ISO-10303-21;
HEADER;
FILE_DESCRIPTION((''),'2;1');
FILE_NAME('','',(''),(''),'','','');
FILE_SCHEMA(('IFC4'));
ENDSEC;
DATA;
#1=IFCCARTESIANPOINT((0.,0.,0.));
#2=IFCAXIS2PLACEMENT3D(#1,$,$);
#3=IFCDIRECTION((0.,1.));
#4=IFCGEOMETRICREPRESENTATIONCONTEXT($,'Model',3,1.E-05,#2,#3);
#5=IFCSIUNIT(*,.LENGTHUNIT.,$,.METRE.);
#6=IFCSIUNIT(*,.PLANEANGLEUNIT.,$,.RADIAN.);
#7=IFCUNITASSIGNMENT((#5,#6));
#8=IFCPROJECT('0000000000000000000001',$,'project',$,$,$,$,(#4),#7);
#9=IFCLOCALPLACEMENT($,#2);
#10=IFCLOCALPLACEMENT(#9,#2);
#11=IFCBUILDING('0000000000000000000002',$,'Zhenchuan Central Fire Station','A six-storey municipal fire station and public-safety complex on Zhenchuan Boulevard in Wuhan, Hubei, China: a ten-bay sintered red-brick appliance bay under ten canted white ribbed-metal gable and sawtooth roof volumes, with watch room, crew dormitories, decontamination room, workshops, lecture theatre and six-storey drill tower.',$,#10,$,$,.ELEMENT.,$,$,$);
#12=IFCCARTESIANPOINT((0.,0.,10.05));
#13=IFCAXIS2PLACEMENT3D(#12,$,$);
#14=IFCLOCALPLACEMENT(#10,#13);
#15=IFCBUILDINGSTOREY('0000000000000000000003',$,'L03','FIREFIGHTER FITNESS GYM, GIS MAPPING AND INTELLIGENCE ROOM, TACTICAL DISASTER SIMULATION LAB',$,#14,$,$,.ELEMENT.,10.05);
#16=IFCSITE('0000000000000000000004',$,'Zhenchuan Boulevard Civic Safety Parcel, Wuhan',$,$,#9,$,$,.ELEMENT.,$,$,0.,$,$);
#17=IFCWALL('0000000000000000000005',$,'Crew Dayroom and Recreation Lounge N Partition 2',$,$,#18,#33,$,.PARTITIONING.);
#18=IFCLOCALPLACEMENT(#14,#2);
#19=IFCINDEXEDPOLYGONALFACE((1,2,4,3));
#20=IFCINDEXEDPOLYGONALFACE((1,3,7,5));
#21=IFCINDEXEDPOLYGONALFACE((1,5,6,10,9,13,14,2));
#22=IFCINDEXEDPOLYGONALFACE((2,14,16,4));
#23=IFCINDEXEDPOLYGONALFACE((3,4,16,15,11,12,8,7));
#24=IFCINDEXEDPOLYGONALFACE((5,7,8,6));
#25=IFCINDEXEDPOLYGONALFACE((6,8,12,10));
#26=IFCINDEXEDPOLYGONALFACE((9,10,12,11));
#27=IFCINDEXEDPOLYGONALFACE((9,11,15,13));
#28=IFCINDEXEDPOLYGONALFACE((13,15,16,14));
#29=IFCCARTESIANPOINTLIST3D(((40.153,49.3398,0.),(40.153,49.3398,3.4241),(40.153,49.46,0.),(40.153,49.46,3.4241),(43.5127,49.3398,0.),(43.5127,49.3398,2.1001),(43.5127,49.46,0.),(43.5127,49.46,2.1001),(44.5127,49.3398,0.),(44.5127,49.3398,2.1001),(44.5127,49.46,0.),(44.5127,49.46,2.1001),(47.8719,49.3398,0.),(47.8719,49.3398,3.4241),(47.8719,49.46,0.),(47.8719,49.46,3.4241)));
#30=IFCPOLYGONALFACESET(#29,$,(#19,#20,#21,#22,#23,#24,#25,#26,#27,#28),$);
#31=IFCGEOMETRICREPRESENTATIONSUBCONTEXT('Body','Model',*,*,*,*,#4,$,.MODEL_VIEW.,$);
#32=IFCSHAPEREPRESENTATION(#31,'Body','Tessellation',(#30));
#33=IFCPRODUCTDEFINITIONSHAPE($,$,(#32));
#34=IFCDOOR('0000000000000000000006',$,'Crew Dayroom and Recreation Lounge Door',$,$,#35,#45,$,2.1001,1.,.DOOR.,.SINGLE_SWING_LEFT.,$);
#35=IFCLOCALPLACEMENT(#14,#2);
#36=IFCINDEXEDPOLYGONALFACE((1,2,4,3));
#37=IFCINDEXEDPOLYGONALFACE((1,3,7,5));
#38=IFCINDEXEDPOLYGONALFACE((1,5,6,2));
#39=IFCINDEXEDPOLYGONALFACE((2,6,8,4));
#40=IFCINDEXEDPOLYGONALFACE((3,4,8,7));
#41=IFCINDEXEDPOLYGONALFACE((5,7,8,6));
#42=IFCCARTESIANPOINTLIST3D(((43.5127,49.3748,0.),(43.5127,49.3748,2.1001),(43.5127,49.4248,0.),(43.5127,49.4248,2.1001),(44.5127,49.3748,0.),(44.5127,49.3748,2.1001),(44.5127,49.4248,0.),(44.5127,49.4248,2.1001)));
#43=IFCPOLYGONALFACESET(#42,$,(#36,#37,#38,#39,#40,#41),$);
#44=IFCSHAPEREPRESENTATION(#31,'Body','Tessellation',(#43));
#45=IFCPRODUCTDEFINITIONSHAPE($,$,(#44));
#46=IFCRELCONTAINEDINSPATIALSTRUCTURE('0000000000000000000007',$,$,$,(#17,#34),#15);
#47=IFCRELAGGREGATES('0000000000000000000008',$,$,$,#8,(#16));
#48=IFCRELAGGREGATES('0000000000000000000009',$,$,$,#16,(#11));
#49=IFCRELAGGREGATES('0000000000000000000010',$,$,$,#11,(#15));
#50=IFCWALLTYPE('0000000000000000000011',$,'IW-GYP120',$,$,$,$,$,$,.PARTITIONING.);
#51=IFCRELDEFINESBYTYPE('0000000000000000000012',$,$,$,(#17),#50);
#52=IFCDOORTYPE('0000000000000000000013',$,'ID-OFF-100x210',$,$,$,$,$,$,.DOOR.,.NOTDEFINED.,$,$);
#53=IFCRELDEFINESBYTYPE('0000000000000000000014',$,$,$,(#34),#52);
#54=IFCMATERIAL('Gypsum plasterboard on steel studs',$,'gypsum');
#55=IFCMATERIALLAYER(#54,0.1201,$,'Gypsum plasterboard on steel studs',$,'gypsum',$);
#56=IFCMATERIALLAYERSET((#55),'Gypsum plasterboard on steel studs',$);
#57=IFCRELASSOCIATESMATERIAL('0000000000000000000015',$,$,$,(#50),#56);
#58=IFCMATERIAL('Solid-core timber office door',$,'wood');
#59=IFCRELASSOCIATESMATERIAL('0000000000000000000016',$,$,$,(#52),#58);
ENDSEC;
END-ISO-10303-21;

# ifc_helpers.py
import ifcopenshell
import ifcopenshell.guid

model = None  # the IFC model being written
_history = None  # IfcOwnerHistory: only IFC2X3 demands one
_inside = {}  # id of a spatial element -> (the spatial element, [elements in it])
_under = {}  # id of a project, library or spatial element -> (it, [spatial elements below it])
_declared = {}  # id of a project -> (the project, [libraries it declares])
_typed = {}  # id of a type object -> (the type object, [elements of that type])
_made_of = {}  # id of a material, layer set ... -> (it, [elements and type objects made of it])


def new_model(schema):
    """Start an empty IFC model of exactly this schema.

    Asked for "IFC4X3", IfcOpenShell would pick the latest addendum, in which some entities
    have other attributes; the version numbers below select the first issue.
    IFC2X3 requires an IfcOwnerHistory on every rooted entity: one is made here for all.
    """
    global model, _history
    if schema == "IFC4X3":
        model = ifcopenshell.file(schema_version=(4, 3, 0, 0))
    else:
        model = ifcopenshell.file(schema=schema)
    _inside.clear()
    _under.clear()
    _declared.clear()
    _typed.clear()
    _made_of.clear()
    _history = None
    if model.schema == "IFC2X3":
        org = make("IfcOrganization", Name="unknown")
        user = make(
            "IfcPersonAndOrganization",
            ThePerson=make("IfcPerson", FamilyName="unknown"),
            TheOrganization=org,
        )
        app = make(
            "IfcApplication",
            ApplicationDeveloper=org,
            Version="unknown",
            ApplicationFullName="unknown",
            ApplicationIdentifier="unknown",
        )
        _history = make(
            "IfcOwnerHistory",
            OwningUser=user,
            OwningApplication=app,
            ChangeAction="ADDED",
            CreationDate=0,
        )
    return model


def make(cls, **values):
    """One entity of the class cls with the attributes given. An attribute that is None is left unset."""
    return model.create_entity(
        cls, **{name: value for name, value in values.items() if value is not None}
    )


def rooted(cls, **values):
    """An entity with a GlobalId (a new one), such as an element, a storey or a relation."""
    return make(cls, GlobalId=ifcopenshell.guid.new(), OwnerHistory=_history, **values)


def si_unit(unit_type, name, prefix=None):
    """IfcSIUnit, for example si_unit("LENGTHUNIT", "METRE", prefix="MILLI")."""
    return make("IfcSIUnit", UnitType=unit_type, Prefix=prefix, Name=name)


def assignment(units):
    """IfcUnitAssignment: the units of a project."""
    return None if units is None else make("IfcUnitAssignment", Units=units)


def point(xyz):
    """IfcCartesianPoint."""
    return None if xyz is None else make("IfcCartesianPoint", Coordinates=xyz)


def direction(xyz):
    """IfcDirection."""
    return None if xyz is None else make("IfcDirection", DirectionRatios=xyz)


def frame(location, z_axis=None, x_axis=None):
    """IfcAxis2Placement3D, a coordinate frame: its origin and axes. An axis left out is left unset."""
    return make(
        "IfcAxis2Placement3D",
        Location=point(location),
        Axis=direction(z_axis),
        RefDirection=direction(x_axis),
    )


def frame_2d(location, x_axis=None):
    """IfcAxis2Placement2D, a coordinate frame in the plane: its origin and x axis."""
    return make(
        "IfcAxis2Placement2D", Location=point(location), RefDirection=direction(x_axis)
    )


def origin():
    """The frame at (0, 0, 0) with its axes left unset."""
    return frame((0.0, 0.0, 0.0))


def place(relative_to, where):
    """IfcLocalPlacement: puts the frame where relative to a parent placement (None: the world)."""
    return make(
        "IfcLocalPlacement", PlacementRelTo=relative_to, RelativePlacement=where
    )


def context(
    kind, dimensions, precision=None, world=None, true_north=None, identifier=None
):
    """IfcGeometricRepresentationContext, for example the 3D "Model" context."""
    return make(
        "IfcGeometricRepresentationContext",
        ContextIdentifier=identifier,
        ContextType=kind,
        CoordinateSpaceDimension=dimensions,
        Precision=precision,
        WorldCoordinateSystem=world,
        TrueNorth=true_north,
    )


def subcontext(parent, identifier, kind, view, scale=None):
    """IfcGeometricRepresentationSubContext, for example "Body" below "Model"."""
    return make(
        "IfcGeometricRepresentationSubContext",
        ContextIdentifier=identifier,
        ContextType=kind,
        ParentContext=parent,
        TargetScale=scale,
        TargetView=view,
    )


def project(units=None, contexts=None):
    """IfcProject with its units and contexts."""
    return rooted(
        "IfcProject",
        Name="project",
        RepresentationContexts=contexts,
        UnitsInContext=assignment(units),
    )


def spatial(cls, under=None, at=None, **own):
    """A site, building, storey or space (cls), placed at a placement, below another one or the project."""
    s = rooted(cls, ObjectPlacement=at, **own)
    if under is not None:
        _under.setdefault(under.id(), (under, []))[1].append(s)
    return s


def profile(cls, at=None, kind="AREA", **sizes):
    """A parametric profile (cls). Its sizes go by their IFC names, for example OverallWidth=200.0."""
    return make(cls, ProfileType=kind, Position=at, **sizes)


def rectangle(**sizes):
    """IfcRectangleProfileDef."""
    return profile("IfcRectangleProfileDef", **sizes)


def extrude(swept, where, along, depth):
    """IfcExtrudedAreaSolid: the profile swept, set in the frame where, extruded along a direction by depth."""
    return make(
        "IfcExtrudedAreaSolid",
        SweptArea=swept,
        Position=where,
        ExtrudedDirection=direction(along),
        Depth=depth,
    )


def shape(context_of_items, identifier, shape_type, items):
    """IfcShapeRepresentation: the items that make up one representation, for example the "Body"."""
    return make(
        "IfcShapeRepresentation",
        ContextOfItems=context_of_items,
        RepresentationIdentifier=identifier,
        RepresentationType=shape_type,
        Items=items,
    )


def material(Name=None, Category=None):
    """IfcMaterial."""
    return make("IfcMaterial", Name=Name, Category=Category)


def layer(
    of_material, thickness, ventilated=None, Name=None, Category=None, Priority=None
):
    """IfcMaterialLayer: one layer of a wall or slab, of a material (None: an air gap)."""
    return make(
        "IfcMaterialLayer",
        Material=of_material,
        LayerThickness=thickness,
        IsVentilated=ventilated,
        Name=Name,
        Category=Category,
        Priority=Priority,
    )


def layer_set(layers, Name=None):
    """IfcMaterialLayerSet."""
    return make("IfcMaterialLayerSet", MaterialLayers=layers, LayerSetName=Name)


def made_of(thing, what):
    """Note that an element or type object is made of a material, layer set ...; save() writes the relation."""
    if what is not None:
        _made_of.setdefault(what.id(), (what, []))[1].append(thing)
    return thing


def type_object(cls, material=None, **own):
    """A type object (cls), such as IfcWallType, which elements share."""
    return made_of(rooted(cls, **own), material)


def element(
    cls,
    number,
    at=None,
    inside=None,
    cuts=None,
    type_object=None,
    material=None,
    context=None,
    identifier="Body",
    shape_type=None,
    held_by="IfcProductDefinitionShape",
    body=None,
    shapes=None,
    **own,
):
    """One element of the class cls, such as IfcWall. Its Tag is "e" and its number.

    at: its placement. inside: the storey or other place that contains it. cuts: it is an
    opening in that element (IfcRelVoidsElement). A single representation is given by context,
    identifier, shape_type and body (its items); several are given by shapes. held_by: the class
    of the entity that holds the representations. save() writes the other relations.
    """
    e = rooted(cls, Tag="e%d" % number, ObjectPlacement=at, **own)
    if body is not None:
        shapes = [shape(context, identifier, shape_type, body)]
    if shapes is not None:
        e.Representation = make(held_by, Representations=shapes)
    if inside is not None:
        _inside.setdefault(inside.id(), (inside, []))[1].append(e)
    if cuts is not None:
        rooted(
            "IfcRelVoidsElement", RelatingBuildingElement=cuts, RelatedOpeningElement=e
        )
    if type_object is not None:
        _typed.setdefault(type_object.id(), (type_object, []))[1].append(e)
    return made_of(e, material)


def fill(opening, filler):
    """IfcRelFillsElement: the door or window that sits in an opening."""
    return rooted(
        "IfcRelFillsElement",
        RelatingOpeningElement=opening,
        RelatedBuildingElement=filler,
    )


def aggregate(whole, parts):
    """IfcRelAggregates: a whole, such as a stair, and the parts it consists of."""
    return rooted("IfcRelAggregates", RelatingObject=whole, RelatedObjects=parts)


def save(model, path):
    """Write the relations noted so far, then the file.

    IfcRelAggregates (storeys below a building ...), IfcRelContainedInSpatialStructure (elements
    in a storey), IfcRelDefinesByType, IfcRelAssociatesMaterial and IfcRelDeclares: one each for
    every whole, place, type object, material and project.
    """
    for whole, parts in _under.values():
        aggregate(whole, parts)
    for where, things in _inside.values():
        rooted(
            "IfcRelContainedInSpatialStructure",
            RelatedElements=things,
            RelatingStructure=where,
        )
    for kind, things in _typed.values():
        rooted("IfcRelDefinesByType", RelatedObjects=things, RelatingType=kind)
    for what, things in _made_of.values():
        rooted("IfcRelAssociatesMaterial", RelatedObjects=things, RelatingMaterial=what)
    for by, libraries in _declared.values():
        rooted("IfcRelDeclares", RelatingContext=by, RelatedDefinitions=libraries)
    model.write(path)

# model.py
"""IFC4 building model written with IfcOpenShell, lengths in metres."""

from ifc_helpers import new_model, si_unit, direction, frame, frame_2d, origin, place, context, subcontext, project, spatial, rectangle, extrude, material, layer, layer_set, type_object, element, fill, save


model = new_model("IFC4")

# Units and contexts
model_context = context("Model", 3, precision=1e-05, world=origin(), true_north=direction((0.0, 1.0)))
body_context = subcontext(model_context, "Body", "Model", "MODEL_VIEW")
ifc_project = project(units=[si_unit("LENGTHUNIT", "METRE"), si_unit("PLANEANGLEUNIT", "RADIAN")], contexts=[model_context])

# Site, building, storey
site_placement = place(None, origin())
site = spatial("IfcSite", under=ifc_project, at=site_placement, Name="Zhenchuan Boulevard Civic Safety Parcel, Wuhan", CompositionType="ELEMENT", RefElevation=0.0)
building_placement = place(site_placement, origin())
building = spatial("IfcBuilding", under=site, at=building_placement, Name="Zhenchuan Central Fire Station", Description="A six-storey municipal fire station and public-safety complex on Zhenchuan Boulevard in Wuhan, Hubei, China: a ten-bay sintered red-brick appliance bay under ten canted white ribbed-metal gable and sawtooth roof volumes, with watch room, crew dormitories, decontamination room, workshops, lecture theatre and six-storey drill tower.", CompositionType="ELEMENT")
storey_placement = place(building_placement, frame((0.0, 0.0, 10.05)))
storey = spatial("IfcBuildingStorey", under=building, at=storey_placement, Name="L03", Description="FIREFIGHTER FITNESS GYM, GIS MAPPING AND INTELLIGENCE ROOM, TACTICAL DISASTER SIMULATION LAB", CompositionType="ELEMENT", Elevation=10.05)

# Shared definitions
ifc_material_1 = material(Name="Gypsum plasterboard on steel studs", Category="gypsum")
ifc_layer_1 = layer(ifc_material_1, 0.1201, Name="Gypsum plasterboard on steel studs", Category="gypsum")
ifc_layer_set_1 = layer_set([ifc_layer_1], Name="Gypsum plasterboard on steel studs")
wall_type = type_object("IfcWallType", Name="IW-GYP120", PredefinedType="PARTITIONING", material=ifc_layer_set_1)

# Wall, opening, door
wall_1_placement = place(storey_placement, frame((40.1531, 49.3999, 0.0), z_axis=(0.0, 0.0, 1.0), x_axis=(1.0, 0.0, 0.0)))
wall_1 = element("IfcWall", 1, at=wall_1_placement, inside=storey, type_object=wall_type, Name="Crew Dayroom and Recreation Lounge N Partition 2", PredefinedType="PARTITIONING", context=body_context, shape_type="SweptSolid", body=[
    extrude(rectangle(XDim=7.719, YDim=0.1201, at=frame_2d((3.8594, 0.0))), origin(), (0.0, 0.0, 1.0), 3.4241),
])
opening_placement = place(wall_1_placement, frame((3.3596, 0.0, 0.0)))
opening = element("IfcOpeningElement", 2, at=opening_placement, cuts=wall_1, PredefinedType="OPENING", context=body_context, shape_type="SweptSolid", body=[
    extrude(rectangle(XDim=1.0, YDim=2.1001, at=frame_2d((0.5, 1.05))), frame((0.0, 0.0701, 0.0), z_axis=(0.0, -1.0, 0.0), x_axis=(1.0, 0.0, 0.0)), (0.0, 0.0, 1.0), 0.1401),
])
ifc_material_2 = material(Name="Solid-core timber office door", Category="wood")
door_type = type_object("IfcDoorType", Name="ID-OFF-100x210", OperationType="NOTDEFINED", PredefinedType="DOOR", material=ifc_material_2)
door_placement = place(opening_placement, origin())
door = element("IfcDoor", 3, at=door_placement, inside=storey, type_object=door_type, Name="Crew Dayroom and Recreation Lounge Door", OperationType="SINGLE_SWING_LEFT", OverallHeight=2.1001, OverallWidth=1.0, PredefinedType="DOOR", context=body_context, shape_type="SweptSolid", body=[
    extrude(rectangle(XDim=1.0, YDim=2.1001, at=frame_2d((0.5, 1.05))), frame((0.0, 0.0249, 0.0), z_axis=(0.0, -1.0, 0.0), x_axis=(1.0, 0.0, 0.0)), (0.0, 0.0, 1.0), 0.05),
])
fill(opening, door)

save(model, "model.ifc")
